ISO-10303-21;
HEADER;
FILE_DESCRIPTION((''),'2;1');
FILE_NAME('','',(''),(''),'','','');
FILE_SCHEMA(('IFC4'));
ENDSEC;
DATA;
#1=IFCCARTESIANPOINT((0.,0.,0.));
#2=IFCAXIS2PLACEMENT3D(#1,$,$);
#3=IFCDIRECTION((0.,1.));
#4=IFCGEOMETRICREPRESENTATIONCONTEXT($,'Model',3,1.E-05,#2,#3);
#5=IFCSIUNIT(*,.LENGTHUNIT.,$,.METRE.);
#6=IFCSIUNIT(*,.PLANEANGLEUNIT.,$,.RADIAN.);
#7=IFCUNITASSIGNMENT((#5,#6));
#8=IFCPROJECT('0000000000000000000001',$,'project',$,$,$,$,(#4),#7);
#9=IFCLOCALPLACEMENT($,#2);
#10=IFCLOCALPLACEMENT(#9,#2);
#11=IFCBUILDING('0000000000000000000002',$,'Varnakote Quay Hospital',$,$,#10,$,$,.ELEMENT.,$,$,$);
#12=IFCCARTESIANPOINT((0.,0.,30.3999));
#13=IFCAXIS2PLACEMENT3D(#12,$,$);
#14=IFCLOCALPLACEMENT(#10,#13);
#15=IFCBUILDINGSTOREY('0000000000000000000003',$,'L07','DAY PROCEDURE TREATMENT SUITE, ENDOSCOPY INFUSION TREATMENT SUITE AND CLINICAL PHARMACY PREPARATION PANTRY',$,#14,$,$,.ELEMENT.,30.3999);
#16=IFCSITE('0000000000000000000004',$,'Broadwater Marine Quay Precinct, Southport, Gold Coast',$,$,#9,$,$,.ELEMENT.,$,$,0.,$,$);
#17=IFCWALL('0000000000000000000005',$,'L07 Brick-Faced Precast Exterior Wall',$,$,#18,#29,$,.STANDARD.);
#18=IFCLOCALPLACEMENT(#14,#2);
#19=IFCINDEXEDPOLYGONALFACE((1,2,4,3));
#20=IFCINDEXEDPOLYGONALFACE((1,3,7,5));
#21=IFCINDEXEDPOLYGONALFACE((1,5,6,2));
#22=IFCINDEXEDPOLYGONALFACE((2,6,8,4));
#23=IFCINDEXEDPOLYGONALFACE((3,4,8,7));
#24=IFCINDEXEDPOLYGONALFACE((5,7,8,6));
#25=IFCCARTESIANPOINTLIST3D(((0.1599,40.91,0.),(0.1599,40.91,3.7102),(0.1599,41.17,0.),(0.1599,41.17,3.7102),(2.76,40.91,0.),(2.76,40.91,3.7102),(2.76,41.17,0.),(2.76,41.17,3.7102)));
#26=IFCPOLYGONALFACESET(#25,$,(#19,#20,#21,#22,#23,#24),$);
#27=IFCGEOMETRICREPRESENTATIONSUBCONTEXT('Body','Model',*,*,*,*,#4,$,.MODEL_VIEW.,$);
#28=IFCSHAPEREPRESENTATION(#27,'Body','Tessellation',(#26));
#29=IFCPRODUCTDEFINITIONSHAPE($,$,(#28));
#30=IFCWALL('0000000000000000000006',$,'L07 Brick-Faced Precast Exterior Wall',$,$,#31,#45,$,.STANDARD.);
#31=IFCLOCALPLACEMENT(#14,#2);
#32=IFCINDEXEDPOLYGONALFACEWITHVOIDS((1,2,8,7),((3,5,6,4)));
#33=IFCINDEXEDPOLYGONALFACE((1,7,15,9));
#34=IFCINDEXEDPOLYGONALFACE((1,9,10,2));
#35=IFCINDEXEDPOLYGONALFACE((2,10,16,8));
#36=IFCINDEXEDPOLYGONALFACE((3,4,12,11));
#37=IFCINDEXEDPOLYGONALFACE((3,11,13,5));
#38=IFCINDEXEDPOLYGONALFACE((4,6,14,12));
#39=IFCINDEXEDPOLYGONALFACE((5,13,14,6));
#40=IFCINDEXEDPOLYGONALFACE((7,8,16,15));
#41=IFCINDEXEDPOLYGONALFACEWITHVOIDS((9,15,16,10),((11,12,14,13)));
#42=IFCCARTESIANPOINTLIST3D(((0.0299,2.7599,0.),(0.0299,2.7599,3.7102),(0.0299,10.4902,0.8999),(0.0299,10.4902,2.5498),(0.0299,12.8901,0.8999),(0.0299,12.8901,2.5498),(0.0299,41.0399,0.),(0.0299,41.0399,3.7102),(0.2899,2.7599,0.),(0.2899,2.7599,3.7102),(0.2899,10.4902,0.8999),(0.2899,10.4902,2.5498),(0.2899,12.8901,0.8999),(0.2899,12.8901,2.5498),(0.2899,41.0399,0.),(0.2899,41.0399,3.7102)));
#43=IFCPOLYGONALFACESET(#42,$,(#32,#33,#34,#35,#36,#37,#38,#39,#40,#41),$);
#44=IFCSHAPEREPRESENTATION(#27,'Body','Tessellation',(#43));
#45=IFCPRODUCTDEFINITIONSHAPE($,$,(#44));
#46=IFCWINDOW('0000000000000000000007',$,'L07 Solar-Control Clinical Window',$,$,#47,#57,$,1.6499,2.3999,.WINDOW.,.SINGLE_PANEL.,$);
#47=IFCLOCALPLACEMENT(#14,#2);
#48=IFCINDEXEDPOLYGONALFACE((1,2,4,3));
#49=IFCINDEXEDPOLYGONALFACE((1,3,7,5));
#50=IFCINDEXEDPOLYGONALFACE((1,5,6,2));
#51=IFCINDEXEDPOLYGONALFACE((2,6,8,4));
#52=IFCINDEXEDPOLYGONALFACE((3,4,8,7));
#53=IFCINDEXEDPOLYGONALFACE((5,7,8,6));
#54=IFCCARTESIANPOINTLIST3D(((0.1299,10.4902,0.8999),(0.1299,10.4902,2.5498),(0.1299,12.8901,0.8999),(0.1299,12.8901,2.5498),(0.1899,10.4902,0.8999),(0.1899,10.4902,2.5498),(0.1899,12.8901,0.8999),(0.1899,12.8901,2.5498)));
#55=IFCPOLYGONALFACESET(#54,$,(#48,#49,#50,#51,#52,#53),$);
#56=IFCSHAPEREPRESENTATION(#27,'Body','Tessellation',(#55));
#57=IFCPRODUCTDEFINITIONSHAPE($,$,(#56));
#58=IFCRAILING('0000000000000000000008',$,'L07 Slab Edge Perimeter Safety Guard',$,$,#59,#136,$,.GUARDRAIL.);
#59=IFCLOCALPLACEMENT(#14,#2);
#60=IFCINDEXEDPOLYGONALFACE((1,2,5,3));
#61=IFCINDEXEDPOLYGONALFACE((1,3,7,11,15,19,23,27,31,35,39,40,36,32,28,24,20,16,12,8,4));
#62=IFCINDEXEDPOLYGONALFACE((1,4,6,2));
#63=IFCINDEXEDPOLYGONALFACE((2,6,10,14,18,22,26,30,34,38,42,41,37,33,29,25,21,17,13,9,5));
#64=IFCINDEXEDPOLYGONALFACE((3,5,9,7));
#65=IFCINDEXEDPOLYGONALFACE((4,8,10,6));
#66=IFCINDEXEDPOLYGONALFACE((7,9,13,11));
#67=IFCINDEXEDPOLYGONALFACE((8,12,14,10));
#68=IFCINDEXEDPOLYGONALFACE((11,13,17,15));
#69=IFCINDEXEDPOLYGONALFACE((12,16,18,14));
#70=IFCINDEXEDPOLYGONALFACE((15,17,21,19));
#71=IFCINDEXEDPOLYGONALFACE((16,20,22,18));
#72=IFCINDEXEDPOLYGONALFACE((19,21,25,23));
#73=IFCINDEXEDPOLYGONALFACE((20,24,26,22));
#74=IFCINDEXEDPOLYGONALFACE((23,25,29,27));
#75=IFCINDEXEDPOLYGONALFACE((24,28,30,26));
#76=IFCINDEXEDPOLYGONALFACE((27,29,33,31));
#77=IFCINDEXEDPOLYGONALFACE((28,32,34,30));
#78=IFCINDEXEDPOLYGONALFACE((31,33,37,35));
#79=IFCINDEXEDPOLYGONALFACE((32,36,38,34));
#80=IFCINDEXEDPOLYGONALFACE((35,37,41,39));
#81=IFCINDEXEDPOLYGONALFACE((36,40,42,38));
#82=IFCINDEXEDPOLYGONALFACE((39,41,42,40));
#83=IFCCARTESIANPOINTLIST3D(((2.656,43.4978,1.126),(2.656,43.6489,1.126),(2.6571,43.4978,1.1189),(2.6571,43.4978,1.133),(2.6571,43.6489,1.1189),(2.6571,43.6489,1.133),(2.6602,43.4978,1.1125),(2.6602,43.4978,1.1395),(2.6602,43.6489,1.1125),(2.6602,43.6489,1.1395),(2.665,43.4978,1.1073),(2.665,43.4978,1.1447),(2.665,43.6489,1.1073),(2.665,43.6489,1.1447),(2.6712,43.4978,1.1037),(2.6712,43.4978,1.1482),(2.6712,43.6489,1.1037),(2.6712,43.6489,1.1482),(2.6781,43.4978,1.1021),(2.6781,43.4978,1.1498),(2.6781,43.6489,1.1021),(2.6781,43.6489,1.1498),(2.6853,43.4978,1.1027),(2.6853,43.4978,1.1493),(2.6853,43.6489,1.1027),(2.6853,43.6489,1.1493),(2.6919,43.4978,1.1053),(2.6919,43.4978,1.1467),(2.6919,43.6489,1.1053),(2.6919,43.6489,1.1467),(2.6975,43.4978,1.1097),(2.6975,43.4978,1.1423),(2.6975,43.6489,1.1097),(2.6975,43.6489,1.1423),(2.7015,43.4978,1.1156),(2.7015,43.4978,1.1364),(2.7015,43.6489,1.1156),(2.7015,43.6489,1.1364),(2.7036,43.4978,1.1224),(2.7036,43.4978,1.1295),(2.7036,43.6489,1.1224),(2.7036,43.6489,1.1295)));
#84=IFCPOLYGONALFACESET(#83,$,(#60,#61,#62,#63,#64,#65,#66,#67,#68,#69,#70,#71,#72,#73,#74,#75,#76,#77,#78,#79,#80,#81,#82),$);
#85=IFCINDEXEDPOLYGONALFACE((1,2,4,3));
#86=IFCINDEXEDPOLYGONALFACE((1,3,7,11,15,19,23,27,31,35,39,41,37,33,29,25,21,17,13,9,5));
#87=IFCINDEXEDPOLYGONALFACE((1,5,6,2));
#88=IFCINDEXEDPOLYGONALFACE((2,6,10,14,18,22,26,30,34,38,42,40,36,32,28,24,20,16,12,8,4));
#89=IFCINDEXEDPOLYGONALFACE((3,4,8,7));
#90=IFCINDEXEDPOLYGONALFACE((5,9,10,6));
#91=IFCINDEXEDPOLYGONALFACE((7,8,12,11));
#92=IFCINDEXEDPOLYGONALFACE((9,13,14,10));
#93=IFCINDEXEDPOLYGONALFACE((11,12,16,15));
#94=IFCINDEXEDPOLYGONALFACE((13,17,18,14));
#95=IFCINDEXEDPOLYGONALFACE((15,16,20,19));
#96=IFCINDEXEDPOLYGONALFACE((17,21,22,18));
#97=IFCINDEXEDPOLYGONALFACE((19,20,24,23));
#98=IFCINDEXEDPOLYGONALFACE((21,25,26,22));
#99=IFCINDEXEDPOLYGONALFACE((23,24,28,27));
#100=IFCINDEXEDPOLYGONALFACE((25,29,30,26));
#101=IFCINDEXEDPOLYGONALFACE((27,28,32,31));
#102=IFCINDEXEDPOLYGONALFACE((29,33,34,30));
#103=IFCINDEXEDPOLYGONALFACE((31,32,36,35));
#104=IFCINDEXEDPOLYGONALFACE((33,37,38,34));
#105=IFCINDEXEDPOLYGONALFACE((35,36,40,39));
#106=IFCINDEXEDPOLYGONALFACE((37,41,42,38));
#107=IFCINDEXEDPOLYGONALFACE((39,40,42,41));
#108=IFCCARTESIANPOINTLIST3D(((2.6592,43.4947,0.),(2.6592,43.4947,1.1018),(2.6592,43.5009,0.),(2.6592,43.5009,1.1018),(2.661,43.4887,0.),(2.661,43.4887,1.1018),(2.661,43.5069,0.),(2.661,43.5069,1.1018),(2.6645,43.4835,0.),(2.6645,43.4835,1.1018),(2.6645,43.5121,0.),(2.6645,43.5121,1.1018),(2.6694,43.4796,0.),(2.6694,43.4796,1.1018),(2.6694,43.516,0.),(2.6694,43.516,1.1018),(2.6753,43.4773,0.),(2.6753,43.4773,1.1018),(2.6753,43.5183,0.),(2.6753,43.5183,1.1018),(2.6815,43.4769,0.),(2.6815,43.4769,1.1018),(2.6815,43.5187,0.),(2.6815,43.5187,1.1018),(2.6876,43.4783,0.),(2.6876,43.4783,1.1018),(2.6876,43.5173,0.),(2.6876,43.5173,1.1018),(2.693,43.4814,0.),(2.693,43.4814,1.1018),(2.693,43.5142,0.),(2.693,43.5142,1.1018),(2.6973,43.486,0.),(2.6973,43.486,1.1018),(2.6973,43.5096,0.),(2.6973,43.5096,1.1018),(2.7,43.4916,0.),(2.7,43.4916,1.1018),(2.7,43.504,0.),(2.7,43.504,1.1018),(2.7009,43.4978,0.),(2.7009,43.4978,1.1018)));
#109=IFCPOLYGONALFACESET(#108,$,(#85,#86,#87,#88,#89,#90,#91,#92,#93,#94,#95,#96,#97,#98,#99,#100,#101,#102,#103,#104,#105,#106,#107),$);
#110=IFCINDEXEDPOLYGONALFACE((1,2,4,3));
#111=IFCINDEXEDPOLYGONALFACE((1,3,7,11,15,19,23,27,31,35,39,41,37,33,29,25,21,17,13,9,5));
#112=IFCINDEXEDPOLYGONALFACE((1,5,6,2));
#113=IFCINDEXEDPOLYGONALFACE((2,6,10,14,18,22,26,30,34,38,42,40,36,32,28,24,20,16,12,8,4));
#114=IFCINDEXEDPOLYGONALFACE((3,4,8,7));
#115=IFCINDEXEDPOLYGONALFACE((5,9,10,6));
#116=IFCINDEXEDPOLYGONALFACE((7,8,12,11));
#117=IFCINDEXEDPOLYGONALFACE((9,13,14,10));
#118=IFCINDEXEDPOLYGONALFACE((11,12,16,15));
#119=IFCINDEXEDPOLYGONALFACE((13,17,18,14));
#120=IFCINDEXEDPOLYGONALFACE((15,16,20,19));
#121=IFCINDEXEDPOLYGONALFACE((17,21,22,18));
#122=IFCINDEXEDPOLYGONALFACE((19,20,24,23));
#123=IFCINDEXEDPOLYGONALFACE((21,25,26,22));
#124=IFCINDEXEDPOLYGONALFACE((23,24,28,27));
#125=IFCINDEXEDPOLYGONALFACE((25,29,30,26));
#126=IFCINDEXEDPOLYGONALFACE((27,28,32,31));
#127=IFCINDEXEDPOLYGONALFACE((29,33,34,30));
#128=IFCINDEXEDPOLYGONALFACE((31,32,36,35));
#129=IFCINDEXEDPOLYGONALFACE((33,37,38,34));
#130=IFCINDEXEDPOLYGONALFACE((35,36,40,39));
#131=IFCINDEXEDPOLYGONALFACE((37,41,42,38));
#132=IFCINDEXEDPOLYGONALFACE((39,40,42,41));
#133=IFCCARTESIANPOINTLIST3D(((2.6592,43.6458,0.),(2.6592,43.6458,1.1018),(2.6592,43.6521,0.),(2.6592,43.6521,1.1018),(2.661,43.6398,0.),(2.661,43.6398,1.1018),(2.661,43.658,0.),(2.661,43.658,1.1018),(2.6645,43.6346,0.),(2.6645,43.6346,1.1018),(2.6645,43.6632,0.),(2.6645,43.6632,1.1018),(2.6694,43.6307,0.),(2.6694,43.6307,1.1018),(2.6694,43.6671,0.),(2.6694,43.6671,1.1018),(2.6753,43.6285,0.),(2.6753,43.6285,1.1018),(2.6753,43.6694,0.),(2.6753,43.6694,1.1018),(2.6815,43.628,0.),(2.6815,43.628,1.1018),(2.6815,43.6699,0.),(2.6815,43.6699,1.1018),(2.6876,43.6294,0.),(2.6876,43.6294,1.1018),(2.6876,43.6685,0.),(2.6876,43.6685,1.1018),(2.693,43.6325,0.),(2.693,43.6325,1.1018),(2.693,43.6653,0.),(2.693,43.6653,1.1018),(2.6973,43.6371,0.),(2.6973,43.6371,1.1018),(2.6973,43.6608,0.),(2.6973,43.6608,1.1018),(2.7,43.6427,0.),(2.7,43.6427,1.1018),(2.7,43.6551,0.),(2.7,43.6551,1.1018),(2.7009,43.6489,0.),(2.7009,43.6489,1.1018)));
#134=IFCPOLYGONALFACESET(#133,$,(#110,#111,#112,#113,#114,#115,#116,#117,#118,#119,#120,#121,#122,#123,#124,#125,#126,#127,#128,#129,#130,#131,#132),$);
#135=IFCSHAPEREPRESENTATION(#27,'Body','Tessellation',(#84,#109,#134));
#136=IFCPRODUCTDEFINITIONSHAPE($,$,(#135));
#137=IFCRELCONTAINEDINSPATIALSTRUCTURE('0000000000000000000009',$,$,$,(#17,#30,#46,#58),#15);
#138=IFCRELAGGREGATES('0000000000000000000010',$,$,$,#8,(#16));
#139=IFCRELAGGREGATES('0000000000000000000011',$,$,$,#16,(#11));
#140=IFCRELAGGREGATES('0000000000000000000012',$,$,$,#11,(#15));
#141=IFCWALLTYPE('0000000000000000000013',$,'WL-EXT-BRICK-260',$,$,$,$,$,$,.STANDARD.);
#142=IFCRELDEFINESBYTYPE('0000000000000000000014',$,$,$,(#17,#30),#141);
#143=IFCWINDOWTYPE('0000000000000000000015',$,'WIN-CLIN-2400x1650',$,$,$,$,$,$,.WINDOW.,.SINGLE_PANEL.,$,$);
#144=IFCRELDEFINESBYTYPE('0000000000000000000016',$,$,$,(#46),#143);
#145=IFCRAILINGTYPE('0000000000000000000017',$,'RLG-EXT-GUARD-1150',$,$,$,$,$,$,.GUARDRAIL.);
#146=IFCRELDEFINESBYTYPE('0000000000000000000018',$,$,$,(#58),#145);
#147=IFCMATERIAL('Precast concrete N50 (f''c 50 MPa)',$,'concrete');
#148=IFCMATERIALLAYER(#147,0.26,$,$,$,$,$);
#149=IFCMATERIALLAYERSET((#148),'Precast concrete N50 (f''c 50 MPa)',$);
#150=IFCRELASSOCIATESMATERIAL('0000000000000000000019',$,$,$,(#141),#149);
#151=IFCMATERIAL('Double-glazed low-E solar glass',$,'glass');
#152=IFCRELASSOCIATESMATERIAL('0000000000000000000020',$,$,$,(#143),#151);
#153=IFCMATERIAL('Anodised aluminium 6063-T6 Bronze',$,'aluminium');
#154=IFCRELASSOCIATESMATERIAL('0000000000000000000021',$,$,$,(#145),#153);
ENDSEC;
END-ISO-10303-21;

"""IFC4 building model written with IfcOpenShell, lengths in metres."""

from ifc_helpers import new_model, si_unit, direction, frame, frame_2d, origin, origin_2d, place, context, subcontext, project, spatial, rectangle, circle, extrude, material, layer, layer_set, type_object, element, fill, save


model = new_model("IFC4")

# Units and contexts
model_context = context("Model", 3, precision=1e-05, world=origin(), true_north=direction((0.0, 1.0)))
body_context = subcontext(model_context, "Body", "Model", "MODEL_VIEW")
ifc_project = project(units=[si_unit("LENGTHUNIT", "METRE"), si_unit("PLANEANGLEUNIT", "RADIAN")], contexts=[model_context])

# Site, building, storey
site_placement = place(None, origin())
site = spatial("IfcSite", under=ifc_project, at=site_placement, Name="Broadwater Marine Quay Precinct, Southport, Gold Coast", CompositionType="ELEMENT", RefElevation=0.0)
building_placement = place(site_placement, origin())
building = spatial("IfcBuilding", under=site, at=building_placement, Name="Varnakote Quay Hospital", CompositionType="ELEMENT")
storey_placement = place(building_placement, frame((0.0, 0.0, 30.3999)))
storey = spatial("IfcBuildingStorey", under=building, at=storey_placement, Name="L07", Description="DAY PROCEDURE TREATMENT SUITE, ENDOSCOPY INFUSION TREATMENT SUITE AND CLINICAL PHARMACY PREPARATION PANTRY", CompositionType="ELEMENT", Elevation=30.3999)

# Shared definitions
ifc_material_1 = material(Name="Precast concrete N50 (f'c 50 MPa)", Category="concrete")
ifc_layer = layer(ifc_material_1, 0.26)
ifc_layer_set = layer_set([ifc_layer], Name="Precast concrete N50 (f'c 50 MPa)")
wall_type = type_object("IfcWallType", Name="WL-EXT-BRICK-260", PredefinedType="STANDARD", material=ifc_layer_set)
ifc_material_2 = material(Name="Double-glazed low-E solar glass", Category="glass")
window_type = type_object("IfcWindowType", Name="WIN-CLIN-2400x1650", PartitioningType="SINGLE_PANEL", PredefinedType="WINDOW", material=ifc_material_2)

# Wall
wall_1_placement = place(storey_placement, frame((2.76, 41.04, 0.0), z_axis=(0.0, 0.0, 1.0), x_axis=(-1.0, 0.0, 0.0)))
element("IfcWall", 1, at=wall_1_placement, inside=storey, type_object=wall_type, Name="L07 Brick-Faced Precast Exterior Wall", PredefinedType="STANDARD", context=body_context, shape_type="SweptSolid", body=[
    extrude(rectangle(XDim=2.6001, YDim=0.26, at=frame_2d((1.3, 0.0))), origin(), (0.0, 0.0, 1.0), 3.7102),
])

# Wall, opening, window
wall_2_placement = place(storey_placement, frame((0.1599, 41.04, 0.0), z_axis=(0.0, 0.0, 1.0), x_axis=(0.0, -1.0, 0.0)))
wall_2 = element("IfcWall", 2, at=wall_2_placement, inside=storey, type_object=wall_type, Name="L07 Brick-Faced Precast Exterior Wall", PredefinedType="STANDARD", context=body_context, shape_type="SweptSolid", body=[
    extrude(rectangle(XDim=38.28, YDim=0.26, at=frame_2d((19.1401, 0.0))), origin(), (0.0, 0.0, 1.0), 3.7102),
])
opening_1_placement = place(wall_2_placement, frame((28.1499, 0.0, 0.8999)))
opening_1 = element("IfcOpeningElement", 3, at=opening_1_placement, cuts=wall_2, PredefinedType="OPENING", context=body_context, shape_type="SweptSolid", body=[
    extrude(rectangle(XDim=2.3999, YDim=1.6499, at=frame_2d((1.2, 0.825))), frame((0.0, 0.1399, 0.0), z_axis=(0.0, -1.0, 0.0), x_axis=(1.0, 0.0, 0.0)), (0.0, 0.0, 1.0), 0.28),
])
window_1_placement = place(opening_1_placement, origin())
window_1 = element("IfcWindow", 4, at=window_1_placement, inside=storey, type_object=window_type, Name="L07 Solar-Control Clinical Window", OverallHeight=1.6499, OverallWidth=2.3999, PartitioningType="SINGLE_PANEL", PredefinedType="WINDOW", context=body_context, shape_type="SweptSolid", body=[
    extrude(rectangle(XDim=2.3999, YDim=1.6499, at=frame_2d((1.2, 0.825))), frame((0.0, 0.03, 0.0), z_axis=(0.0, -1.0, 0.0), x_axis=(1.0, 0.0, 0.0)), (0.0, 0.0, 1.0), 0.0601),
])
fill(opening_1, window_1)

# Railing
ifc_material_3 = material(Name="Anodised aluminium 6063-T6 Bronze", Category="aluminium")
railing_type = type_object("IfcRailingType", Name="RLG-EXT-GUARD-1150", PredefinedType="GUARDRAIL", material=ifc_material_3)
railing_1_placement = place(storey_placement, frame((2.6799, 43.4978, 0.0)))
element("IfcRailing", 5, at=railing_1_placement, inside=storey, type_object=railing_type, Name="L07 Slab Edge Perimeter Safety Guard", PredefinedType="GUARDRAIL", context=body_context, shape_type="SweptSolid", body=[
    extrude(circle(Radius=0.0239, at=origin_2d()), frame((0.0, 0.0, 1.126), z_axis=(0.0, 1.0, 0.0), x_axis=(-1.0, 0.0, 0.0)), (0.0, 0.0, 1.0), 0.1511),
    extrude(circle(Radius=0.021, at=origin_2d()), origin(), (0.0, 0.0, 1.0), 1.1018),
    extrude(circle(Radius=0.021, at=origin_2d()), frame((0.0, 0.1511, 0.0)), (0.0, 0.0, 1.0), 1.1018),
])

save(model, "model.ifc")
